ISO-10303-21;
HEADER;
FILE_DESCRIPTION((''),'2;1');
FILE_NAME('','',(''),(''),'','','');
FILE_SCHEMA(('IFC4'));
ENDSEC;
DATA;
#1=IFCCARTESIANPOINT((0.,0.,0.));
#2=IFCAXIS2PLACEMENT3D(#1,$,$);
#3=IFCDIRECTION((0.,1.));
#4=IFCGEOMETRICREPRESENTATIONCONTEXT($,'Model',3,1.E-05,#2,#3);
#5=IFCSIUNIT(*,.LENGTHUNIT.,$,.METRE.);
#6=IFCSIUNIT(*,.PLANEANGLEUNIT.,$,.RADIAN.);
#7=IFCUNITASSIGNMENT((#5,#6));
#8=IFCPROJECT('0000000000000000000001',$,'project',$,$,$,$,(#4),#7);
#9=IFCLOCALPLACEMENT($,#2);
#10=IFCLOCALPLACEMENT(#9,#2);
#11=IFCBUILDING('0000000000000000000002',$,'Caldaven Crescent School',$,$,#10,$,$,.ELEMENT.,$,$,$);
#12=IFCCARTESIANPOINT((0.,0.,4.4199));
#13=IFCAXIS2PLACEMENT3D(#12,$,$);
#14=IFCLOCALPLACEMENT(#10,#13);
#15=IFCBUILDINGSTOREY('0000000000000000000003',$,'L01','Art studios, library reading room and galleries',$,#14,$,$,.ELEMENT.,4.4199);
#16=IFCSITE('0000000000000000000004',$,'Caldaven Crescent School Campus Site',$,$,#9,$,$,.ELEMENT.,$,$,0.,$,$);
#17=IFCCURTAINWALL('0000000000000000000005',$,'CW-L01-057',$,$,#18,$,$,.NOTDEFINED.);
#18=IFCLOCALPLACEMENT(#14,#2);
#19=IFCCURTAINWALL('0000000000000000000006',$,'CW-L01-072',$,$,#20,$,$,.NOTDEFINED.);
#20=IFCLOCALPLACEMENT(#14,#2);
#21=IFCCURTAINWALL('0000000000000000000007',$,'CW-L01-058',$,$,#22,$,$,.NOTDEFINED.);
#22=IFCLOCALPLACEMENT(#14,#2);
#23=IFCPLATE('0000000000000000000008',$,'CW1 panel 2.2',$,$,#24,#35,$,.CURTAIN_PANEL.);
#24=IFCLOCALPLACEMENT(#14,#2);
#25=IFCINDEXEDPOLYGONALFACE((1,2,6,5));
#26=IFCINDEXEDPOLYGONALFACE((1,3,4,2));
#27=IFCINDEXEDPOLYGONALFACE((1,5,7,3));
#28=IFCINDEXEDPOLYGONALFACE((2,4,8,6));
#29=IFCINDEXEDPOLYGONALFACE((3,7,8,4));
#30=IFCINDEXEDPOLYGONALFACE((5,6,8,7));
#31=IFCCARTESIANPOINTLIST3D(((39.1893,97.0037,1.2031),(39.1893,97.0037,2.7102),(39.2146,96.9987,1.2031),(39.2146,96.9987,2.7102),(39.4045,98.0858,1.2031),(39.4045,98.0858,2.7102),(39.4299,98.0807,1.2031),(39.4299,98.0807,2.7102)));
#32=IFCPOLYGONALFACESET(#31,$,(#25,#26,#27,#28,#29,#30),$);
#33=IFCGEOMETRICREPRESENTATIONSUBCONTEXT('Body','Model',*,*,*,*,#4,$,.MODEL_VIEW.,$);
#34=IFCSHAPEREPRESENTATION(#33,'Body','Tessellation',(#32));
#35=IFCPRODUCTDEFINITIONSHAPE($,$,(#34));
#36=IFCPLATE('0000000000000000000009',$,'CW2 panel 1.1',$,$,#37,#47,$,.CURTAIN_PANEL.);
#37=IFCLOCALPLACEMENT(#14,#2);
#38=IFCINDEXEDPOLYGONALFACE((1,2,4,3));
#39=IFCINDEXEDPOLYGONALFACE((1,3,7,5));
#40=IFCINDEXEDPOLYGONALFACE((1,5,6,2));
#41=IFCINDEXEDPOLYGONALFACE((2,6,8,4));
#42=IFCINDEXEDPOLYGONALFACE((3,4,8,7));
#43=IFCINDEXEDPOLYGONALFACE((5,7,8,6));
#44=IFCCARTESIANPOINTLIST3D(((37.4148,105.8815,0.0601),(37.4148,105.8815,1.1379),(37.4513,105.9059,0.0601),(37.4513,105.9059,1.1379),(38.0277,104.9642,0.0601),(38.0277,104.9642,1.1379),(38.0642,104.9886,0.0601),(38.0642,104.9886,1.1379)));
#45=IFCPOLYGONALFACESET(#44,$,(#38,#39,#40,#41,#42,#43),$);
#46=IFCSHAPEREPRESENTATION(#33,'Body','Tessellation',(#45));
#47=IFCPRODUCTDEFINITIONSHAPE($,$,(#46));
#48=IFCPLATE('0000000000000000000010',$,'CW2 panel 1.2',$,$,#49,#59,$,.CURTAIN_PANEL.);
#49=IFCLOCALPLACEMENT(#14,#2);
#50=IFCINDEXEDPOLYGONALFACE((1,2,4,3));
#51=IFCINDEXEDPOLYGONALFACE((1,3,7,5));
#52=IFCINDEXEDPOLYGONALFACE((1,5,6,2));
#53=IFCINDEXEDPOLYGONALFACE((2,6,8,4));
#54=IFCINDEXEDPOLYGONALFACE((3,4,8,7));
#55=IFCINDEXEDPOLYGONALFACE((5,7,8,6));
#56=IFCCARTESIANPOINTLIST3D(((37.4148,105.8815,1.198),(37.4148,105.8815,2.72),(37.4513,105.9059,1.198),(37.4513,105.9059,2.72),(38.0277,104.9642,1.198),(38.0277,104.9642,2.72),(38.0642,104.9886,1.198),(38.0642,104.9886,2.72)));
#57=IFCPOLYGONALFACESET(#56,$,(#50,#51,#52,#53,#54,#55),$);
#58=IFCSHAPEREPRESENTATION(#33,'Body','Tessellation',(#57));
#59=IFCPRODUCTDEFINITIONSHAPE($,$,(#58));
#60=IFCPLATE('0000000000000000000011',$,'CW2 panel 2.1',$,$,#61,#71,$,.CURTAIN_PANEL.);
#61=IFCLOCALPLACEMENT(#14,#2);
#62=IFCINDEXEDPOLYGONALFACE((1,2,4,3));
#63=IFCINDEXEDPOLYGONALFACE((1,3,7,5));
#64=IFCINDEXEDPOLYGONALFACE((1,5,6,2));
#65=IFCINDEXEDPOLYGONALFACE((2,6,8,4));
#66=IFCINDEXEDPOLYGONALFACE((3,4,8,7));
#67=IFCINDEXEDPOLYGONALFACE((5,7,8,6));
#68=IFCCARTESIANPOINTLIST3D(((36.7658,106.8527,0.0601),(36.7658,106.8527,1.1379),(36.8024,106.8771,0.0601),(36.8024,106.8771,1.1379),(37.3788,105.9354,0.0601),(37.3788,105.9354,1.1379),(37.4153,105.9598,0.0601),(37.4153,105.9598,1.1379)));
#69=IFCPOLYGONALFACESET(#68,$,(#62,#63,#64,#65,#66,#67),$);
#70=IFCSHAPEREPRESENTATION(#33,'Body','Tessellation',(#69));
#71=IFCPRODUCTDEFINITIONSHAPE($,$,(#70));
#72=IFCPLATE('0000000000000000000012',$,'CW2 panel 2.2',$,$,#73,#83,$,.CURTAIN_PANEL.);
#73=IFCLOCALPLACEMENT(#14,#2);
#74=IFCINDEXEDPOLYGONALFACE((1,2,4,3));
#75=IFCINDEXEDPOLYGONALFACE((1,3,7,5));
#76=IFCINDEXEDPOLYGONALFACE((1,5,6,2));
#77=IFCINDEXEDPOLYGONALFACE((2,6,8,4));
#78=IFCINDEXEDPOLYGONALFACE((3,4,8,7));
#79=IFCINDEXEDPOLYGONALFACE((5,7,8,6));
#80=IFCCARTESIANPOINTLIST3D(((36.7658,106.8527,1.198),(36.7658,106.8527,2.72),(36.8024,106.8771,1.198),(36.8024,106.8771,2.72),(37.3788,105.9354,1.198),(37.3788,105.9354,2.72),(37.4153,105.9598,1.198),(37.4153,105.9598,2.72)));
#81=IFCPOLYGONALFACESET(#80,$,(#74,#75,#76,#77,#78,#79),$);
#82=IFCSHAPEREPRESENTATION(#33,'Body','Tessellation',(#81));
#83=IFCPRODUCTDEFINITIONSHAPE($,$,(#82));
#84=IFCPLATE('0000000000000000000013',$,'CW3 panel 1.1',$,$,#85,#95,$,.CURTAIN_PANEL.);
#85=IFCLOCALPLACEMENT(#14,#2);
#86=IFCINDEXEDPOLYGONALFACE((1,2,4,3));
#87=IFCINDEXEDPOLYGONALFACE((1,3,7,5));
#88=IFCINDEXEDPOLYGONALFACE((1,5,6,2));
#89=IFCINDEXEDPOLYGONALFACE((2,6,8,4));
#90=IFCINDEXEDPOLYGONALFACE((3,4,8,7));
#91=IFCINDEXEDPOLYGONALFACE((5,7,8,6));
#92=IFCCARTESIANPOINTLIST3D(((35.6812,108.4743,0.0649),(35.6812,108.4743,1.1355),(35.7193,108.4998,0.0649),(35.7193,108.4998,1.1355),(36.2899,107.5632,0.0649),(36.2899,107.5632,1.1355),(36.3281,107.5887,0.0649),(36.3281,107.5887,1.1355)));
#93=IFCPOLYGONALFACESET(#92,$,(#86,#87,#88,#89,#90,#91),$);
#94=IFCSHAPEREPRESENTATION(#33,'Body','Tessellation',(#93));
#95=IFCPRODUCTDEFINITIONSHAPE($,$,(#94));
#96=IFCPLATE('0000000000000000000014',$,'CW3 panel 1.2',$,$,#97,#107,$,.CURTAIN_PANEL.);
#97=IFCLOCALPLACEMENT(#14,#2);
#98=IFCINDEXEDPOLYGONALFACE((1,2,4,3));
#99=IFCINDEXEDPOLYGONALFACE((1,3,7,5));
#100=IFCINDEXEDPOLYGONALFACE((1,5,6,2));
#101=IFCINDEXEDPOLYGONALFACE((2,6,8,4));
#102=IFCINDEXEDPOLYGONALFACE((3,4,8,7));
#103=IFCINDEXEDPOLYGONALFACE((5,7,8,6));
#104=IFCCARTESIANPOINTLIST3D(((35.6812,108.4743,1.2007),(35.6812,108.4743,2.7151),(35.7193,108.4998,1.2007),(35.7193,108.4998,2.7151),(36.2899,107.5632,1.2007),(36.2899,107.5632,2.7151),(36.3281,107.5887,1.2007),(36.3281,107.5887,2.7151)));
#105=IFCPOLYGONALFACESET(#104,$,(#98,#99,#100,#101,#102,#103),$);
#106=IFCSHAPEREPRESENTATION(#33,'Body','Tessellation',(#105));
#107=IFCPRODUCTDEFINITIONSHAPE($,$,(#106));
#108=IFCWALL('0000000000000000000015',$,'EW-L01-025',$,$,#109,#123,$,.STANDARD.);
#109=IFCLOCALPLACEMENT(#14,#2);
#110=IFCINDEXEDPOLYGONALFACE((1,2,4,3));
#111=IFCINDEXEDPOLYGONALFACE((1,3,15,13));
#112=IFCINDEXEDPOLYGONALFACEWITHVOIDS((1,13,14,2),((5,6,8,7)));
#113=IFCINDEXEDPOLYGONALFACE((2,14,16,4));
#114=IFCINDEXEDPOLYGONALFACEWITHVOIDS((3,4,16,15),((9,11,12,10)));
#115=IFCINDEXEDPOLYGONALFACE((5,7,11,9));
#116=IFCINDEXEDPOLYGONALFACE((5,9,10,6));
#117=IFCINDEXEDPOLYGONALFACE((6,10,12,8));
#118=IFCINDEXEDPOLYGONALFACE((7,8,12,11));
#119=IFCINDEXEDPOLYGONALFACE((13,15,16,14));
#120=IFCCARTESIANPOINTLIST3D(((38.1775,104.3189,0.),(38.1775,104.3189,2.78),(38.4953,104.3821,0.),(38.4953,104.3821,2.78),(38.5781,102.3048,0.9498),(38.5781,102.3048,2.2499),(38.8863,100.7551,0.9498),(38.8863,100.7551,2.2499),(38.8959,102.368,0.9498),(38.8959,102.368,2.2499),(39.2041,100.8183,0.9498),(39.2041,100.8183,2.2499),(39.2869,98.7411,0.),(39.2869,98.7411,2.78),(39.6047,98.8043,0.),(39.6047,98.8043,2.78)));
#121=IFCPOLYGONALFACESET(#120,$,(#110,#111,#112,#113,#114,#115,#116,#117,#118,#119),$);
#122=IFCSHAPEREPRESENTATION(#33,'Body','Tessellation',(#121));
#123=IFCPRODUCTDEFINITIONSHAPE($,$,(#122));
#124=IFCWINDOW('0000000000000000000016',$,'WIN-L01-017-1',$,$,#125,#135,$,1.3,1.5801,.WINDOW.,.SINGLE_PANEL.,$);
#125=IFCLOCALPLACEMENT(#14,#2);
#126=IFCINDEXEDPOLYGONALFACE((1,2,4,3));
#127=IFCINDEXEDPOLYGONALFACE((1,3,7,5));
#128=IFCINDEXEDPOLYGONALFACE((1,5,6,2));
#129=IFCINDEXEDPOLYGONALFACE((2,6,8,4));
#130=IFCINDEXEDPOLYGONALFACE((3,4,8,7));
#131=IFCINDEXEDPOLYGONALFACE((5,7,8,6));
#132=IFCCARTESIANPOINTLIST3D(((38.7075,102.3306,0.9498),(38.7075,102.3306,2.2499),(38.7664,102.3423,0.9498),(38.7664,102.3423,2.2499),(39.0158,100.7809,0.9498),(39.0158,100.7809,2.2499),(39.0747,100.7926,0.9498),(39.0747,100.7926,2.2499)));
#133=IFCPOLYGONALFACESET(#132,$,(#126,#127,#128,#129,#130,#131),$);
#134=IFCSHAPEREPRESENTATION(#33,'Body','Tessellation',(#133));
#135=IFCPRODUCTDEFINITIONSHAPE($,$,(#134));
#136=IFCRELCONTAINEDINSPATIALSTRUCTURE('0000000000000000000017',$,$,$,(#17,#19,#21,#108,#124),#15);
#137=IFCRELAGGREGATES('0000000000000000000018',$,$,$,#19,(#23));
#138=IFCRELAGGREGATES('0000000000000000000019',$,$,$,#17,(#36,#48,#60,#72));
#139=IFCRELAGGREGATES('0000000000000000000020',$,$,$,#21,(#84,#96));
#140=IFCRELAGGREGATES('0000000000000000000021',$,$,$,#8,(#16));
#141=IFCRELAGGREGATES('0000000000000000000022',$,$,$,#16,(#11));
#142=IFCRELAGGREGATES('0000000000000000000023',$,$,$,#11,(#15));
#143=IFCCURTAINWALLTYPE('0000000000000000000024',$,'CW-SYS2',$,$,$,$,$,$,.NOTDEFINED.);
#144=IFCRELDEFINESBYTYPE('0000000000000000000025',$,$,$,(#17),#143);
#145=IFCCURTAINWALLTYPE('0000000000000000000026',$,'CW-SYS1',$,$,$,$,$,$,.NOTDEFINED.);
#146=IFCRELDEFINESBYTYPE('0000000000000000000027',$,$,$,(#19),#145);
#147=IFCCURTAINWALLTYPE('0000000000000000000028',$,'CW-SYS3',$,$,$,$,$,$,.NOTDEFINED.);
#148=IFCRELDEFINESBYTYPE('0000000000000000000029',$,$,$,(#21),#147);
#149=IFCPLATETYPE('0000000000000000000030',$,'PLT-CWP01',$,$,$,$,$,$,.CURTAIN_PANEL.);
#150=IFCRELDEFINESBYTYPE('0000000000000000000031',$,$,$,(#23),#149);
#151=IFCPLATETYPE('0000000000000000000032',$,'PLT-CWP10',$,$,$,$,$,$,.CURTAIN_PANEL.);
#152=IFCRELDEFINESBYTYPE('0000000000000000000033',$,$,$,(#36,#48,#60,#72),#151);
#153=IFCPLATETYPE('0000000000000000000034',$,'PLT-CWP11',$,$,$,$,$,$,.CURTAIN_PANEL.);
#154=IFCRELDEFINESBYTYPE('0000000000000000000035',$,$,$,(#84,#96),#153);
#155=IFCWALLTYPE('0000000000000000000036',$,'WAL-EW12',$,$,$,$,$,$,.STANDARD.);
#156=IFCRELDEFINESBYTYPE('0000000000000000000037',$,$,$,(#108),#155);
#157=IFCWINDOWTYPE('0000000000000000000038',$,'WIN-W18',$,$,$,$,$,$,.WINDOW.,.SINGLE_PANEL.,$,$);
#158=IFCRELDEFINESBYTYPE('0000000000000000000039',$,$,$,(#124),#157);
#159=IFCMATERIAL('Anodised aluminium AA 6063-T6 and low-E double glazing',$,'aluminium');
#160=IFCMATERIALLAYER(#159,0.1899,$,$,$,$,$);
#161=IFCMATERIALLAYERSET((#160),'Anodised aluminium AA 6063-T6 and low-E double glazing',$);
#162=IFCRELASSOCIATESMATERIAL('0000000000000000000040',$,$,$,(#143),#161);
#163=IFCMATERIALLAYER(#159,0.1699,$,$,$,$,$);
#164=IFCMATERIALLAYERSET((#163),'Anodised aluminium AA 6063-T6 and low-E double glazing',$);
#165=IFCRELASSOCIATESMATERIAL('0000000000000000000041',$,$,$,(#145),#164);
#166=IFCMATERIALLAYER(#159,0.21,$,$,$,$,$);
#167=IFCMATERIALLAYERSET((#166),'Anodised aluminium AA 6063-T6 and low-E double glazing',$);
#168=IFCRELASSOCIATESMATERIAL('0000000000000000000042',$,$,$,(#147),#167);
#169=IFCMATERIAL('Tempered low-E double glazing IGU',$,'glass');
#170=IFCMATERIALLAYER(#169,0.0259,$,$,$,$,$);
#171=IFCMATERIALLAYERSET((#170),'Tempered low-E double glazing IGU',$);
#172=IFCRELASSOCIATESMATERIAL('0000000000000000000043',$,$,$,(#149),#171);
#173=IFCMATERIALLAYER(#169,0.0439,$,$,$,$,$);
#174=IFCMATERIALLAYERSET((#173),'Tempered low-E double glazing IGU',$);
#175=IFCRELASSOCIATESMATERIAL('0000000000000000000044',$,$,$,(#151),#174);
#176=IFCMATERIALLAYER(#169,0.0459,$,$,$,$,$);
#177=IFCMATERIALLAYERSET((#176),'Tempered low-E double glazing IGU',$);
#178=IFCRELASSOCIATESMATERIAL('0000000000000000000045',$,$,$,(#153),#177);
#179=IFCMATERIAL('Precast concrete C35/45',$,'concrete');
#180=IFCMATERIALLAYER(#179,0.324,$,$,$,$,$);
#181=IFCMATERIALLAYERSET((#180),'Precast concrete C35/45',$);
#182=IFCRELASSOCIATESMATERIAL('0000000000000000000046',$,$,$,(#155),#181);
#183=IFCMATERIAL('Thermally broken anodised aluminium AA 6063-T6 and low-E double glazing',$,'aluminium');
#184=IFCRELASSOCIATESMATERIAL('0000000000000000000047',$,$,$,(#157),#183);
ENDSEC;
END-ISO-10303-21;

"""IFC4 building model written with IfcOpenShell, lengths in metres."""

from ifc_helpers import new_model, si_unit, direction, frame, frame_2d, origin, origin_2d, place, context, subcontext, project, spatial, rectangle, extrude, material, layer, layer_set, type_object, element, fill, aggregate, save


model = new_model("IFC4")

# Units and contexts
model_context = context("Model", 3, precision=1e-05, world=origin(), true_north=direction((0.0, 1.0)))
body_context = subcontext(model_context, "Body", "Model", "MODEL_VIEW")
ifc_project = project(units=[si_unit("LENGTHUNIT", "METRE"), si_unit("PLANEANGLEUNIT", "RADIAN")], contexts=[model_context])

# Site, building, storey
site_placement = place(None, origin())
site = spatial("IfcSite", under=ifc_project, at=site_placement, Name="Caldaven Crescent School Campus Site", CompositionType="ELEMENT", RefElevation=0.0)
building_placement = place(site_placement, origin())
building = spatial("IfcBuilding", under=site, at=building_placement, Name="Caldaven Crescent School", CompositionType="ELEMENT")
storey_placement = place(building_placement, frame((0.0, 0.0, 4.4199)))
storey = spatial("IfcBuildingStorey", under=building, at=storey_placement, Name="L01", Description="Art studios, library reading room and galleries", CompositionType="ELEMENT", Elevation=4.4199)

# Curtain walls
ifc_material_1 = material(Name="Anodised aluminium AA 6063-T6 and low-E double glazing", Category="aluminium")
ifc_layer_1 = layer(ifc_material_1, 0.1899)
ifc_layer_set_1 = layer_set([ifc_layer_1], Name="Anodised aluminium AA 6063-T6 and low-E double glazing")
curtain_wall_type_1 = type_object("IfcCurtainWallType", Name="CW-SYS2", PredefinedType="NOTDEFINED", material=ifc_layer_set_1)
curtain_wall_1_placement = place(storey_placement, origin())
curtain_wall_1 = element("IfcCurtainWall", 1, at=curtain_wall_1_placement, inside=storey, type_object=curtain_wall_type_1, Name="CW-L01-057", PredefinedType="NOTDEFINED")
ifc_layer_2 = layer(ifc_material_1, 0.1699)
ifc_layer_set_2 = layer_set([ifc_layer_2], Name="Anodised aluminium AA 6063-T6 and low-E double glazing")
curtain_wall_type_2 = type_object("IfcCurtainWallType", Name="CW-SYS1", PredefinedType="NOTDEFINED", material=ifc_layer_set_2)
curtain_wall_2_placement = place(storey_placement, origin())
curtain_wall_2 = element("IfcCurtainWall", 2, at=curtain_wall_2_placement, inside=storey, type_object=curtain_wall_type_2, Name="CW-L01-072", PredefinedType="NOTDEFINED")

# Curtain wall
ifc_layer_3 = layer(ifc_material_1, 0.21)
ifc_layer_set_3 = layer_set([ifc_layer_3], Name="Anodised aluminium AA 6063-T6 and low-E double glazing")
curtain_wall_type_3 = type_object("IfcCurtainWallType", Name="CW-SYS3", PredefinedType="NOTDEFINED", material=ifc_layer_set_3)
curtain_wall_3_placement = place(storey_placement, origin())
curtain_wall_3 = element("IfcCurtainWall", 3, at=curtain_wall_3_placement, inside=storey, type_object=curtain_wall_type_3, Name="CW-L01-058", PredefinedType="NOTDEFINED")

# Plates
ifc_material_2 = material(Name="Tempered low-E double glazing IGU", Category="glass")
ifc_layer_4 = layer(ifc_material_2, 0.0259)
ifc_layer_set_4 = layer_set([ifc_layer_4], Name="Tempered low-E double glazing IGU")
plate_type_1 = type_object("IfcPlateType", Name="PLT-CWP01", PredefinedType="CURTAIN_PANEL", material=ifc_layer_set_4)
plate_1_placement = place(storey_placement, frame((39.3096, 97.5422, 1.2031), z_axis=(0.0, 0.0, 1.0), x_axis=(0.195091, 0.980785, 0.0)))
plate_1 = element("IfcPlate", 4, at=plate_1_placement, type_object=plate_type_1, Name="CW1 panel 2.2", PredefinedType="CURTAIN_PANEL", context=body_context, shape_type="SweptSolid", body=[
    extrude(rectangle(XDim=1.1033, YDim=0.0259, at=origin_2d()), origin(), (0.0, 0.0, 1.0), 1.5071),
])
aggregate(curtain_wall_2, [plate_1])
ifc_layer_5 = layer(ifc_material_2, 0.0439)
ifc_layer_set_5 = layer_set([ifc_layer_5], Name="Tempered low-E double glazing IGU")
plate_type_2 = type_object("IfcPlateType", Name="PLT-CWP10", PredefinedType="CURTAIN_PANEL", material=ifc_layer_set_5)
plate_2_placement = place(storey_placement, frame((37.7395, 105.4351, 0.0601), z_axis=(0.0, 0.0, 1.0), x_axis=(-0.55557, 0.83147, 0.0)))
plate_2 = element("IfcPlate", 5, at=plate_2_placement, type_object=plate_type_2, Name="CW2 panel 1.1", PredefinedType="CURTAIN_PANEL", context=body_context, shape_type="SweptSolid", body=[
    extrude(rectangle(XDim=1.1033, YDim=0.0439, at=origin_2d()), origin(), (0.0, 0.0, 1.0), 1.0779),
])
plate_3_placement = place(storey_placement, frame((37.7395, 105.4351, 1.198), z_axis=(0.0, 0.0, 1.0), x_axis=(-0.55557, 0.83147, 0.0)))
plate_3 = element("IfcPlate", 6, at=plate_3_placement, type_object=plate_type_2, Name="CW2 panel 1.2", PredefinedType="CURTAIN_PANEL", context=body_context, shape_type="SweptSolid", body=[
    extrude(rectangle(XDim=1.1033, YDim=0.0439, at=origin_2d()), origin(), (0.0, 0.0, 1.0), 1.522),
])
plate_4_placement = place(storey_placement, frame((37.0906, 106.4062, 0.0601), z_axis=(0.0, 0.0, 1.0), x_axis=(-0.55557, 0.83147, 0.0)))
plate_4 = element("IfcPlate", 7, at=plate_4_placement, type_object=plate_type_2, Name="CW2 panel 2.1", PredefinedType="CURTAIN_PANEL", context=body_context, shape_type="SweptSolid", body=[
    extrude(rectangle(XDim=1.1033, YDim=0.0439, at=origin_2d()), origin(), (0.0, 0.0, 1.0), 1.0779),
])
plate_5_placement = place(storey_placement, frame((37.0906, 106.4062, 1.198), z_axis=(0.0, 0.0, 1.0), x_axis=(-0.55557, 0.83147, 0.0)))
plate_5 = element("IfcPlate", 8, at=plate_5_placement, type_object=plate_type_2, Name="CW2 panel 2.2", PredefinedType="CURTAIN_PANEL", context=body_context, shape_type="SweptSolid", body=[
    extrude(rectangle(XDim=1.1033, YDim=0.0439, at=origin_2d()), origin(), (0.0, 0.0, 1.0), 1.522),
])
aggregate(curtain_wall_1, [plate_2, plate_3, plate_4, plate_5])
ifc_layer_6 = layer(ifc_material_2, 0.0459)
ifc_layer_set_6 = layer_set([ifc_layer_6], Name="Tempered low-E double glazing IGU")
plate_type_3 = type_object("IfcPlateType", Name="PLT-CWP11", PredefinedType="CURTAIN_PANEL", material=ifc_layer_set_6)
plate_6_placement = place(storey_placement, frame((36.0046, 108.0315, 0.0649), z_axis=(0.0, 0.0, 1.0), x_axis=(-0.555572, 0.831468, 0.0)))
plate_6 = element("IfcPlate", 9, at=plate_6_placement, type_object=plate_type_3, Name="CW3 panel 1.1", PredefinedType="CURTAIN_PANEL", context=body_context, shape_type="SweptSolid", body=[
    extrude(rectangle(XDim=1.0957, YDim=0.0459, at=origin_2d()), origin(), (0.0, 0.0, 1.0), 1.0706),
])
plate_7_placement = place(storey_placement, frame((36.0046, 108.0315, 1.2007), z_axis=(0.0, 0.0, 1.0), x_axis=(-0.555572, 0.831468, 0.0)))
plate_7 = element("IfcPlate", 10, at=plate_7_placement, type_object=plate_type_3, Name="CW3 panel 1.2", PredefinedType="CURTAIN_PANEL", context=body_context, shape_type="SweptSolid", body=[
    extrude(rectangle(XDim=1.0957, YDim=0.0459, at=origin_2d()), origin(), (0.0, 0.0, 1.0), 1.5144),
])
aggregate(curtain_wall_3, [plate_6, plate_7])

# Wall, opening, window
ifc_material_3 = material(Name="Precast concrete C35/45", Category="concrete")
ifc_layer_7 = layer(ifc_material_3, 0.324)
ifc_layer_set_7 = layer_set([ifc_layer_7], Name="Precast concrete C35/45")
wall_type = type_object("IfcWallType", Name="WAL-EW12", PredefinedType="STANDARD", material=ifc_layer_set_7)
wall_placement = place(storey_placement, frame((39.4458, 98.7727, 0.0), z_axis=(0.0, 0.0, 1.0), x_axis=(-0.195076, 0.980788, 0.0)))
wall = element("IfcWall", 11, at=wall_placement, inside=storey, type_object=wall_type, Name="EW-L01-025", PredefinedType="STANDARD", context=body_context, shape_type="SweptSolid", body=[
    extrude(rectangle(XDim=5.687, YDim=0.324, at=frame_2d((2.8435, 0.0))), origin(), (0.0, 0.0, 1.0), 2.78),
])
opening_placement = place(wall_placement, frame((2.0535, 0.0, 0.95)))
opening = element("IfcOpeningElement", 12, at=opening_placement, cuts=wall, PredefinedType="OPENING", context=body_context, shape_type="SweptSolid", body=[
    extrude(rectangle(XDim=1.5801, YDim=1.3, at=frame_2d((0.79, 0.6499))), frame((0.0, 0.1719, 0.0), z_axis=(0.0, -1.0, 0.0), x_axis=(1.0, 0.0, 0.0)), (0.0, 0.0, 1.0), 0.344),
])
ifc_material_4 = material(Name="Thermally broken anodised aluminium AA 6063-T6 and low-E double glazing", Category="aluminium")
window_type = type_object("IfcWindowType", Name="WIN-W18", PartitioningType="SINGLE_PANEL", PredefinedType="WINDOW", material=ifc_material_4)
window_placement = place(opening_placement, origin())
window = element("IfcWindow", 13, at=window_placement, inside=storey, type_object=window_type, Name="WIN-L01-017-1", OverallHeight=1.3, OverallWidth=1.5801, PartitioningType="SINGLE_PANEL", PredefinedType="WINDOW", context=body_context, shape_type="SweptSolid", body=[
    extrude(rectangle(XDim=1.5801, YDim=1.3, at=frame_2d((0.79, 0.6499))), frame((0.0, 0.03, 0.0), z_axis=(0.0, -1.0, 0.0), x_axis=(1.0, 0.0, 0.0)), (0.0, 0.0, 1.0), 0.0601),
])
fill(opening, window)

save(model, "model.ifc")
